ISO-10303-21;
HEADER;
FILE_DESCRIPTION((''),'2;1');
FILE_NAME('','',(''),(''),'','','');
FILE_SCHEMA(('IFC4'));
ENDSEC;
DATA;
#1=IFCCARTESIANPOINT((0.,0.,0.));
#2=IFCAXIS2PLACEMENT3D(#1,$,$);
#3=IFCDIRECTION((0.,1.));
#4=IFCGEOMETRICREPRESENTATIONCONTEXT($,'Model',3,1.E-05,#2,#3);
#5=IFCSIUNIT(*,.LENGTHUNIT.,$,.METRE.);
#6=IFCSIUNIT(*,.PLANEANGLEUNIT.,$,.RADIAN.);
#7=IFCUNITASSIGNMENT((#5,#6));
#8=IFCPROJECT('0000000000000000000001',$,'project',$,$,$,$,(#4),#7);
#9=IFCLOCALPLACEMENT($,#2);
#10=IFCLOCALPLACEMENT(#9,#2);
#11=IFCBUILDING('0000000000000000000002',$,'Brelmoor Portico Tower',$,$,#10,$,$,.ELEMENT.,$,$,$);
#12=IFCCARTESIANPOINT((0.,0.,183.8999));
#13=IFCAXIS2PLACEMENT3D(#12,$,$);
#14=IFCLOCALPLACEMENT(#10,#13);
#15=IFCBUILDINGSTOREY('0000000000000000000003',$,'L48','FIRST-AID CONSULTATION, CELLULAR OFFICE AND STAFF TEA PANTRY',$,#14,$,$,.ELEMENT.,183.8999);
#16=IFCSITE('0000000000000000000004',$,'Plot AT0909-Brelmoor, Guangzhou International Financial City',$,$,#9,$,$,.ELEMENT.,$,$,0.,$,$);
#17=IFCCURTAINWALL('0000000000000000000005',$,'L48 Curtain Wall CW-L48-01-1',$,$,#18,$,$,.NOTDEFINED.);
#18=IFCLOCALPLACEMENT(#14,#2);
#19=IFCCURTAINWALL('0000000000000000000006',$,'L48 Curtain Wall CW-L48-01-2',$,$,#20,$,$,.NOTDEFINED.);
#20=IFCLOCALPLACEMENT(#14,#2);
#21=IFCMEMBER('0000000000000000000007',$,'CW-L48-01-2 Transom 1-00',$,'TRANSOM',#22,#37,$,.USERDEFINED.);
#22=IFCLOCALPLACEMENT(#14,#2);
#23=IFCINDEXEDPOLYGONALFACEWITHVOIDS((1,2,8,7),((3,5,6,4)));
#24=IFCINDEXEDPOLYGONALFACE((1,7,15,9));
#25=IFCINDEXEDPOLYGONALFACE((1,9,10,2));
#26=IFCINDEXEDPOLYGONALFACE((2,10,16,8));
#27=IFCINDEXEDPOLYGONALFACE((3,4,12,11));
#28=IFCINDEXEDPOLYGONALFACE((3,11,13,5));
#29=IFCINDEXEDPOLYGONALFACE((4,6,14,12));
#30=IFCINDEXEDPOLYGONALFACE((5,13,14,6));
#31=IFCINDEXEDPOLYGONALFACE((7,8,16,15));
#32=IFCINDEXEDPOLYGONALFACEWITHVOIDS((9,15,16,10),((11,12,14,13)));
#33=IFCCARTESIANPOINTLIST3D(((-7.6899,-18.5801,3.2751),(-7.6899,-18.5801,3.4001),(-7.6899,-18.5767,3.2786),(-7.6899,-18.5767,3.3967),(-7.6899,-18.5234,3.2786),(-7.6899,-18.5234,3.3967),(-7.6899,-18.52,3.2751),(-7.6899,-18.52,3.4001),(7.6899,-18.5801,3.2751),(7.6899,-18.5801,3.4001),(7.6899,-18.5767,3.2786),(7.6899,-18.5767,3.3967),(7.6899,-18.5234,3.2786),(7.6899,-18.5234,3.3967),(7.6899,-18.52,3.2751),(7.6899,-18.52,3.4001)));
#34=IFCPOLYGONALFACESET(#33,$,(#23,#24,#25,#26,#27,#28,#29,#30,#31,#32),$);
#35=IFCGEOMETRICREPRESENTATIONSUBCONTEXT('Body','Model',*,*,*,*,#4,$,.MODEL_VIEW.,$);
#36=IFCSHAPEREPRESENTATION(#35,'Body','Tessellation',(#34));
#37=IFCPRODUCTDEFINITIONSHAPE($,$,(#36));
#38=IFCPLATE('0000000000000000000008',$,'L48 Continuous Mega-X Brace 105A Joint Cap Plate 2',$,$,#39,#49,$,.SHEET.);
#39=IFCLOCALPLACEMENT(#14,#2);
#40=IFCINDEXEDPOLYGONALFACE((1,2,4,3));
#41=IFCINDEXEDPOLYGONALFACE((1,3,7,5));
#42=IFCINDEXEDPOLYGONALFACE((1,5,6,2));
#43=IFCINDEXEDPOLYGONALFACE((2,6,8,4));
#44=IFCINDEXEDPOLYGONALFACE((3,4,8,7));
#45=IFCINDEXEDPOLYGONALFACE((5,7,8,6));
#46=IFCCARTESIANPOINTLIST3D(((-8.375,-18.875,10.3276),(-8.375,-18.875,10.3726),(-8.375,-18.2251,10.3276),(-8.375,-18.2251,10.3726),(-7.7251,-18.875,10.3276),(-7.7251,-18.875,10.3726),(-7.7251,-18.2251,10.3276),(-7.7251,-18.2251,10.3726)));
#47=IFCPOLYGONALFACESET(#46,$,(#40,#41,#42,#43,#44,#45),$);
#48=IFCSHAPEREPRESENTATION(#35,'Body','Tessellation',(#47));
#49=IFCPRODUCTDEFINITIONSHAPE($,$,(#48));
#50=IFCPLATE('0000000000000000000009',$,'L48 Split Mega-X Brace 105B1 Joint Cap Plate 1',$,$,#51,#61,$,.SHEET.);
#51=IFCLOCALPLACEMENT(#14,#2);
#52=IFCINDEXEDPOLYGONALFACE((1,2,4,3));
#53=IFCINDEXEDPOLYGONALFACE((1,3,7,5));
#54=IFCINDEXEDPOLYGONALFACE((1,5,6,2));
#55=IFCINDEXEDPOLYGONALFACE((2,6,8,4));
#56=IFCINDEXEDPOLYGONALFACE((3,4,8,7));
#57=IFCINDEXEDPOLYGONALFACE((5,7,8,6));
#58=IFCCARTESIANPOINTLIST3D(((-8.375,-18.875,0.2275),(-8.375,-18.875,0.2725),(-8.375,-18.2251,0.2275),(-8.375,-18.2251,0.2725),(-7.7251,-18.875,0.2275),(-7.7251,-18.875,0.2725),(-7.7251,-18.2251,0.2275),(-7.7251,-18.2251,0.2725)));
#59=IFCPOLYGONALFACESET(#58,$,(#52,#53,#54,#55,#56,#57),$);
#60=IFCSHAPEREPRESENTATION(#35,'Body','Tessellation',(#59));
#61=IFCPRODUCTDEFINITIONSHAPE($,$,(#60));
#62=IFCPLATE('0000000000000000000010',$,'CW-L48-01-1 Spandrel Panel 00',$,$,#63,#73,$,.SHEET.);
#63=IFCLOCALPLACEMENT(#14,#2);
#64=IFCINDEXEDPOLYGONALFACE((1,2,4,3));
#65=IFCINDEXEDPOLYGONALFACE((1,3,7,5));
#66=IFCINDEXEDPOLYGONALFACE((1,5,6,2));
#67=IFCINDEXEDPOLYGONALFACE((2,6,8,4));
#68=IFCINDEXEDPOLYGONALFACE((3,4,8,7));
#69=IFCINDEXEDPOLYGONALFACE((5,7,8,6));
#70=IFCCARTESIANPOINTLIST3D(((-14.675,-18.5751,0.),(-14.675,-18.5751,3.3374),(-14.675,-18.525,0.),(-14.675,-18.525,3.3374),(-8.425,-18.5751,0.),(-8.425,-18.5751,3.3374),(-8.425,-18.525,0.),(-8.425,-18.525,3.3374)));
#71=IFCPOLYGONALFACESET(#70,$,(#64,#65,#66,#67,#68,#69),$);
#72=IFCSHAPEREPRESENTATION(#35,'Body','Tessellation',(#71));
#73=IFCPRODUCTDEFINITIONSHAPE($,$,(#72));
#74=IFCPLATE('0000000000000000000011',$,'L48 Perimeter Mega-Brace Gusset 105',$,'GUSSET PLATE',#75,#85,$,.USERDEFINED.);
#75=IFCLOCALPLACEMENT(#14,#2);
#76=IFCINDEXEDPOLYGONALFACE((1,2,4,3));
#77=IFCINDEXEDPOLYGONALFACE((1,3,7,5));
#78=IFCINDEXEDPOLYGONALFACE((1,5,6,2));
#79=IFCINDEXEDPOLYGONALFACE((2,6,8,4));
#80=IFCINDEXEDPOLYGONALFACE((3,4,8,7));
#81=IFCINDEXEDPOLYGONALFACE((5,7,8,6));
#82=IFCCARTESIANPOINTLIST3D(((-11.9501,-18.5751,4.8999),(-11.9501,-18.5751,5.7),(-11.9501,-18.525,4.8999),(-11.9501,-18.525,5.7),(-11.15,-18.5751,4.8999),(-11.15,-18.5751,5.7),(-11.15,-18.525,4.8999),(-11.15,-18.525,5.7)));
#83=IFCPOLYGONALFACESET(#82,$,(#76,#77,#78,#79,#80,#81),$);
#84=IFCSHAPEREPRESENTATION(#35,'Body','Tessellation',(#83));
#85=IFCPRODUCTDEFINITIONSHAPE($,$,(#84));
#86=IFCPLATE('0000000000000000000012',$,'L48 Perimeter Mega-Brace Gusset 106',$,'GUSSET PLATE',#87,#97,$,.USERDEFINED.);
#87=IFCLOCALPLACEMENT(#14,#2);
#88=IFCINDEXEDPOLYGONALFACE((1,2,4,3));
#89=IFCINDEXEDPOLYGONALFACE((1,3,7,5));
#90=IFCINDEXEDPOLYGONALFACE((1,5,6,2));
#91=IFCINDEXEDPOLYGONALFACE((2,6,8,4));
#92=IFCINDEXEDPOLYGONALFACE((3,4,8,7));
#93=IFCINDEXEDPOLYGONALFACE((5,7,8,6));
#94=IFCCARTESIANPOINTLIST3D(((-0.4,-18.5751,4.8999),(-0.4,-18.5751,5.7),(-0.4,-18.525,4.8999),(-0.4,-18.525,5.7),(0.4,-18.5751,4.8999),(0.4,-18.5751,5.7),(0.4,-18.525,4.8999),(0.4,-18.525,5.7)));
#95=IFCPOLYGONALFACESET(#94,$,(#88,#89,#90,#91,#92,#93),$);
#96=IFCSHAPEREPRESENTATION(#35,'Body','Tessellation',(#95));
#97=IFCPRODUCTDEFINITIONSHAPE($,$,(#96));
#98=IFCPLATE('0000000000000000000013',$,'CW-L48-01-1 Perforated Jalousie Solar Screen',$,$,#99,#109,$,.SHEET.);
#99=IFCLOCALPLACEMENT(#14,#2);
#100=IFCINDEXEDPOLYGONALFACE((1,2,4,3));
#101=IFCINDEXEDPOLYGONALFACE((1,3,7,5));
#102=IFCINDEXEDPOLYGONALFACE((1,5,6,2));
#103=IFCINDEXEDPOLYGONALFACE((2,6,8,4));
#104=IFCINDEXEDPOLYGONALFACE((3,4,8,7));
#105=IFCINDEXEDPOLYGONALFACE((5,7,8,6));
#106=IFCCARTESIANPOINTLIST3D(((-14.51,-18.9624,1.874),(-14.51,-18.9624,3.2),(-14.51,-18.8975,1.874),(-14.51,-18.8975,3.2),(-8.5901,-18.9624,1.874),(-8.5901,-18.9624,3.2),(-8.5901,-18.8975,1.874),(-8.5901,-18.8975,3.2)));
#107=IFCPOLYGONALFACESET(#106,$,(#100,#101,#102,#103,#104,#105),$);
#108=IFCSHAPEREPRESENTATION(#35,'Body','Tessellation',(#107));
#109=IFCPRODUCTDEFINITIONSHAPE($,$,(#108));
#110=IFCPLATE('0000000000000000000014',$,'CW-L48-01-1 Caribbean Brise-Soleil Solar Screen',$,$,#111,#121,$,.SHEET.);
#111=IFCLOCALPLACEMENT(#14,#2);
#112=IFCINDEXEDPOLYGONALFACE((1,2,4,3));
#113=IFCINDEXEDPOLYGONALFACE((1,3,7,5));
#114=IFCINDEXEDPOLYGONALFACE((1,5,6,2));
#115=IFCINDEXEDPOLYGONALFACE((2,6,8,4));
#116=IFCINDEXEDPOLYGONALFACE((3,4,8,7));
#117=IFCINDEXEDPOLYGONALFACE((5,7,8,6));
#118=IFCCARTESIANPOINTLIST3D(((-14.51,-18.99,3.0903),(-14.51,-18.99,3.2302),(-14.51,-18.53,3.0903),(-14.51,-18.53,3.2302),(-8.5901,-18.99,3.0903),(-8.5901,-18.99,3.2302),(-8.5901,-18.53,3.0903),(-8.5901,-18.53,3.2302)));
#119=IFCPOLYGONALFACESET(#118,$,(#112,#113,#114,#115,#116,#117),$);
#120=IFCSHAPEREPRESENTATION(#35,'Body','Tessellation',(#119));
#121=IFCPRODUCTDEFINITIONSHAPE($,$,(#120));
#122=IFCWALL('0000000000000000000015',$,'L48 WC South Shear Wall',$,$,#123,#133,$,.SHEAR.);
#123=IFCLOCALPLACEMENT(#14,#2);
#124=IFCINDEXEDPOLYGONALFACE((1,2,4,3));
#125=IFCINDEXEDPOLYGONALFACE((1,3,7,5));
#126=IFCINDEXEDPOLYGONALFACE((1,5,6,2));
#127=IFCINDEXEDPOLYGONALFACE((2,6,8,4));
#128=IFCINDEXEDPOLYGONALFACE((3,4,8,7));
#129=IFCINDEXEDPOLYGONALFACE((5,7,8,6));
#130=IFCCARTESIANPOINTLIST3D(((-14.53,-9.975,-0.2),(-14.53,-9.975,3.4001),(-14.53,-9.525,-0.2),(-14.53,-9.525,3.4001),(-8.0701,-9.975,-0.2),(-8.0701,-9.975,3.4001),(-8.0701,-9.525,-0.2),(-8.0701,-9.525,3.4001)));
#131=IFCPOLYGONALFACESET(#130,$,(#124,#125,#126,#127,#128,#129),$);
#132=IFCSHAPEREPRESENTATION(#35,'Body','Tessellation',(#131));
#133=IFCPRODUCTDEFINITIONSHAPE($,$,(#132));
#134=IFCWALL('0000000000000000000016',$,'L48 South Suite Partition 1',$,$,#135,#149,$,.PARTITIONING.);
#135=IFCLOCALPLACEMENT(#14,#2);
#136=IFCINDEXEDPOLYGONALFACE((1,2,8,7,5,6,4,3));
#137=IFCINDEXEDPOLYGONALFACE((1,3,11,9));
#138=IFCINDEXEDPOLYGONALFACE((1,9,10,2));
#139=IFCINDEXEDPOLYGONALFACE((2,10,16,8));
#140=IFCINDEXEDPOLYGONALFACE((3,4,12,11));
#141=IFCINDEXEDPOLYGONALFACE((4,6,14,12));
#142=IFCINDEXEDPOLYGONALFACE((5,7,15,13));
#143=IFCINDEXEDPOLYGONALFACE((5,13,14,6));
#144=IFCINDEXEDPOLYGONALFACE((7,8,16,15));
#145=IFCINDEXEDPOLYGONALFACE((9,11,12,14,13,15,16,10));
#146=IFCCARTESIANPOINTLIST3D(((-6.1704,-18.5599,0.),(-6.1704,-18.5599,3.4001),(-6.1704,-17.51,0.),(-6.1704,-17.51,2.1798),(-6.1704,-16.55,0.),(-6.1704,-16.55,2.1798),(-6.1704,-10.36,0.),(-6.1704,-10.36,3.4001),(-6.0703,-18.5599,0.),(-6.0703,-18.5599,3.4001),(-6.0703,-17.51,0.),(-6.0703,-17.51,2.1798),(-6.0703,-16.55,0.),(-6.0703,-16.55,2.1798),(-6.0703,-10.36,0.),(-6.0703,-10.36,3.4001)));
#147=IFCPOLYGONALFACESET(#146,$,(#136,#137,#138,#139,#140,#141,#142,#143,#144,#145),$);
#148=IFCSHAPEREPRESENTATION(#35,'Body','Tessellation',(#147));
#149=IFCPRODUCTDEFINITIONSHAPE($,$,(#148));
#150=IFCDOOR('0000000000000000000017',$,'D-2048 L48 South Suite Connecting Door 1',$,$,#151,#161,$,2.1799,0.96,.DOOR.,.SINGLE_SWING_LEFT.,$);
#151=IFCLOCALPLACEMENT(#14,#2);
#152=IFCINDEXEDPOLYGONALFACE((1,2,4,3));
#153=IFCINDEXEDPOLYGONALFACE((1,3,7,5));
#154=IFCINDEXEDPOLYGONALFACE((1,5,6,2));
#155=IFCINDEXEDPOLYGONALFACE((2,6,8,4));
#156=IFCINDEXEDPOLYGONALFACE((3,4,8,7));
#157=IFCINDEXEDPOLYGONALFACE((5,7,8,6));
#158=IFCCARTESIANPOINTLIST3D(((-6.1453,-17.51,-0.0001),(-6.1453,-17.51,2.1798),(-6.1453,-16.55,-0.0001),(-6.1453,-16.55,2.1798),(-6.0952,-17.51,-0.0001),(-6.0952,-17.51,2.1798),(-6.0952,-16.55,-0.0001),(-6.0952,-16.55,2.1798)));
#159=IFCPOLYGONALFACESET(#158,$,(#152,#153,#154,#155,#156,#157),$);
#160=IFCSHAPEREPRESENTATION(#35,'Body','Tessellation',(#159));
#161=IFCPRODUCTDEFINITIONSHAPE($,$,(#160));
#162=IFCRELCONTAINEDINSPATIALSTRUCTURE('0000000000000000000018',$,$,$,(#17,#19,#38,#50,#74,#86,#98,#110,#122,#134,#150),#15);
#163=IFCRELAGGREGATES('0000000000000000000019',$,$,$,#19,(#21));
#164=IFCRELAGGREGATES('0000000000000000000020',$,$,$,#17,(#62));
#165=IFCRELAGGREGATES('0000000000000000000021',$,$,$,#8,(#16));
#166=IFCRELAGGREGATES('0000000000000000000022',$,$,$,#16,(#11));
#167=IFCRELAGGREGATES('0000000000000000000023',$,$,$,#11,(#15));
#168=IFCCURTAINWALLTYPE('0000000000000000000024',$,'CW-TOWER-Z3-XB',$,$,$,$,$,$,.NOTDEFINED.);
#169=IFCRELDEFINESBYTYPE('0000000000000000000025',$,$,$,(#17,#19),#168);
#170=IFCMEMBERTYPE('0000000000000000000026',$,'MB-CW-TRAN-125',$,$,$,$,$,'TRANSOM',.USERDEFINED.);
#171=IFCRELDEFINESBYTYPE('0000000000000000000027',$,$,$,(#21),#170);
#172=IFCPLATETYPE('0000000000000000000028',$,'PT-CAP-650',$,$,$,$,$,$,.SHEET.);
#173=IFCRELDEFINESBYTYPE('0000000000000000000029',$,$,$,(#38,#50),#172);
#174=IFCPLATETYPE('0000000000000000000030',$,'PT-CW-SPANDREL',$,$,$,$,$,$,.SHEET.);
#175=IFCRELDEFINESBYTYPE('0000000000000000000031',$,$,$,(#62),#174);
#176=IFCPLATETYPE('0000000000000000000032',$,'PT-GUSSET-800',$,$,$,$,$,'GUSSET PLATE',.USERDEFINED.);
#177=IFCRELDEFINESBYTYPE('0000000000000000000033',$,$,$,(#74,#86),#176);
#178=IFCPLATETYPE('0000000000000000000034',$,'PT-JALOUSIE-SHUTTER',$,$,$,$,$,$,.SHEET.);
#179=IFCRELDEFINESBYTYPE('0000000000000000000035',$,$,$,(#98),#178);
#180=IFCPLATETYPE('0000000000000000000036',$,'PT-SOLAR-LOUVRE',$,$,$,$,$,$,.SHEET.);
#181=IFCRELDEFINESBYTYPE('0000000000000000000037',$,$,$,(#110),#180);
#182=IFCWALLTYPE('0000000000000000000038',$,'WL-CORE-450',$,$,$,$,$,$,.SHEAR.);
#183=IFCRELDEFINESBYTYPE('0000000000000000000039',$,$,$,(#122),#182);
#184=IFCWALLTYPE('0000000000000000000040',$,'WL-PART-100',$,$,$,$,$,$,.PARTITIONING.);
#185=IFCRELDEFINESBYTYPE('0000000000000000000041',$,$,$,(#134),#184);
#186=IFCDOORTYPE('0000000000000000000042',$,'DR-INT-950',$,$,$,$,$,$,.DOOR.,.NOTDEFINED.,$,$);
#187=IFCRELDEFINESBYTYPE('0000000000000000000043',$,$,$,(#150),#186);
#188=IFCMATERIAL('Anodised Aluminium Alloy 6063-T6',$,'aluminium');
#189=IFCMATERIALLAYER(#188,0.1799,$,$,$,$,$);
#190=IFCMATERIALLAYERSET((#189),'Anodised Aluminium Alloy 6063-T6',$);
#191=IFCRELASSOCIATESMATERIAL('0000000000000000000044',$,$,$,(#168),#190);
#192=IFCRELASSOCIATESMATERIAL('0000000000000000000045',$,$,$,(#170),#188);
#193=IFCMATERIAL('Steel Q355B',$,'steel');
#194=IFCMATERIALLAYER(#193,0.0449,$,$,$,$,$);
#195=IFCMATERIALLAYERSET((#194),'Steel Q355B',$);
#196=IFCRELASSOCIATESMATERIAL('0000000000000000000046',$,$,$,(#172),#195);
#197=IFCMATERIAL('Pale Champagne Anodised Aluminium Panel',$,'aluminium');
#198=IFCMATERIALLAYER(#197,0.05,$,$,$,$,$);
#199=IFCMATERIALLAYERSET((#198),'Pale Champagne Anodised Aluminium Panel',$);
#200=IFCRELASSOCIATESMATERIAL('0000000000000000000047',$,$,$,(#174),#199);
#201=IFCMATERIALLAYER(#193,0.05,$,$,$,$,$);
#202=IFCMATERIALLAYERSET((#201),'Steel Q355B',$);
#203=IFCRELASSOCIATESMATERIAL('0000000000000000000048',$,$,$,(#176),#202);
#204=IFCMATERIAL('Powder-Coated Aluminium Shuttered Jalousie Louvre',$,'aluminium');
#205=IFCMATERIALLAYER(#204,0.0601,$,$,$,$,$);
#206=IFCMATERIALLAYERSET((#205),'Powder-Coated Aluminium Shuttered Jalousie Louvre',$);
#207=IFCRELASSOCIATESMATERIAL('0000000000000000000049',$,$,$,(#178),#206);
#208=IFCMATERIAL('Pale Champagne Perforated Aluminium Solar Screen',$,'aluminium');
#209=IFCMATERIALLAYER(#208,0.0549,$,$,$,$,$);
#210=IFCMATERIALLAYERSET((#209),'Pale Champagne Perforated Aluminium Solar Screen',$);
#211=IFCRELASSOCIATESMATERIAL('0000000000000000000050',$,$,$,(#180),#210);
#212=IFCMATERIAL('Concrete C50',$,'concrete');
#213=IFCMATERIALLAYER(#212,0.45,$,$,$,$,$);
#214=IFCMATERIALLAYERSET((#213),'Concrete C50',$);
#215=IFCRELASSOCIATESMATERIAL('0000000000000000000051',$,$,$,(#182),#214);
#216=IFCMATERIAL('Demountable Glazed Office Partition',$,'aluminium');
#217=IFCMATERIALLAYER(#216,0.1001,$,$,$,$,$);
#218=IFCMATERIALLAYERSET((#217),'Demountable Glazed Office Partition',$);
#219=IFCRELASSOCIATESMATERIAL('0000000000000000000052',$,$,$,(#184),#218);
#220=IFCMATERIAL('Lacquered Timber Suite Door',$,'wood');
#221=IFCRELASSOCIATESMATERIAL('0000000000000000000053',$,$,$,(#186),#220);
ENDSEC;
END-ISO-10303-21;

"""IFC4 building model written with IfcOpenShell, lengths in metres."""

from ifc_helpers import new_model, si_unit, direction, frame, frame_2d, origin, origin_2d, place, context, subcontext, project, spatial, rectangle, hollow_rectangle, extrude, material, layer, layer_set, material_profile, profile_set, type_object, element, fill, aggregate, save


model = new_model("IFC4")

# Units and contexts
model_context = context("Model", 3, precision=1e-05, world=origin(), true_north=direction((0.0, 1.0)))
body_context = subcontext(model_context, "Body", "Model", "MODEL_VIEW")
ifc_project = project(units=[si_unit("LENGTHUNIT", "METRE"), si_unit("PLANEANGLEUNIT", "RADIAN")], contexts=[model_context])

# Site, building, storey
site_placement = place(None, origin())
site = spatial("IfcSite", under=ifc_project, at=site_placement, Name="Plot AT0909-Brelmoor, Guangzhou International Financial City", CompositionType="ELEMENT", RefElevation=0.0)
building_placement = place(site_placement, origin())
building = spatial("IfcBuilding", under=site, at=building_placement, Name="Brelmoor Portico Tower", CompositionType="ELEMENT")
storey_placement = place(building_placement, frame((0.0, 0.0, 183.8999)))
storey = spatial("IfcBuildingStorey", under=building, at=storey_placement, Name="L48", Description="FIRST-AID CONSULTATION, CELLULAR OFFICE AND STAFF TEA PANTRY", CompositionType="ELEMENT", Elevation=183.8999)

# Shared definitions
ifc_material_1 = material(Name="Steel Q355B", Category="steel")

# Curtain wall
ifc_material_2 = material(Name="Anodised Aluminium Alloy 6063-T6", Category="aluminium")
ifc_layer_1 = layer(ifc_material_2, 0.1799)
ifc_layer_set_1 = layer_set([ifc_layer_1], Name="Anodised Aluminium Alloy 6063-T6")
curtain_wall_type = type_object("IfcCurtainWallType", Name="CW-TOWER-Z3-XB", PredefinedType="NOTDEFINED", material=ifc_layer_set_1)
curtain_wall_1_placement = place(storey_placement, origin())
curtain_wall_1 = element("IfcCurtainWall", 1, at=curtain_wall_1_placement, inside=storey, type_object=curtain_wall_type, Name="L48 Curtain Wall CW-L48-01-1", PredefinedType="NOTDEFINED")

# Curtain wall, member
curtain_wall_2_placement = place(storey_placement, origin())
curtain_wall_2 = element("IfcCurtainWall", 2, at=curtain_wall_2_placement, inside=storey, type_object=curtain_wall_type, Name="L48 Curtain Wall CW-L48-01-2", PredefinedType="NOTDEFINED")
ifc_material_profile_1 = material_profile(ifc_material_2, hollow_rectangle(XDim=0.0601, YDim=0.125, WallThickness=0.0034, at=origin_2d()), Name="ALU TRANSOM 60x125")
ifc_profile_set_1 = profile_set([ifc_material_profile_1], Name="Anodised Aluminium Alloy 6063-T6")
member_type_1 = type_object("IfcMemberType", Name="MB-CW-TRAN-125", ElementType="TRANSOM", PredefinedType="USERDEFINED", material=ifc_profile_set_1)
member_1_placement = place(storey_placement, frame((-7.6899, -18.55, 3.3376), z_axis=(1.0, 0.0, 0.0), x_axis=(0.0, 1.0, 0.0)))
member_1 = element("IfcMember", 3, at=member_1_placement, type_object=member_type_1, Name="CW-L48-01-2 Transom 1-00", ObjectType="TRANSOM", PredefinedType="USERDEFINED", context=body_context, shape_type="SweptSolid", body=[
    extrude(hollow_rectangle(XDim=0.0601, YDim=0.125, WallThickness=0.0034, at=origin_2d()), origin(), (0.0, 0.0, 1.0), 15.3799),
])
aggregate(curtain_wall_2, [member_1])

# Plates
ifc_layer_2 = layer(ifc_material_1, 0.0449)
ifc_layer_set_2 = layer_set([ifc_layer_2], Name="Steel Q355B")
plate_type_1 = type_object("IfcPlateType", Name="PT-CAP-650", PredefinedType="SHEET", material=ifc_layer_set_2)
for number, where, z_axis, x_axis, name in (
    (4, (-8.05, -18.55, 10.3276), (0.0, 0.0, 1.0), (1.0, 0.0, 0.0), "L48 Continuous Mega-X Brace 105A Joint Cap Plate 2"),
    (5, (-8.05, -18.55, 0.2275), (0.0, 0.0, 1.0), (1.0, 0.0, 0.0), "L48 Split Mega-X Brace 105B1 Joint Cap Plate 1"),
):
    element("IfcPlate", number, at=place(storey_placement, frame(where, z_axis=z_axis, x_axis=x_axis)), inside=storey, type_object=plate_type_1, Name=name, PredefinedType="SHEET", context=body_context, shape_type="SweptSolid", body=[
        extrude(rectangle(XDim=0.6499, YDim=0.6499, at=origin_2d()), origin(), (0.0, 0.0, 1.0), 0.0449),
    ])

# Plate
ifc_material_3 = material(Name="Pale Champagne Anodised Aluminium Panel", Category="aluminium")
ifc_layer_3 = layer(ifc_material_3, 0.05)
ifc_layer_set_3 = layer_set([ifc_layer_3], Name="Pale Champagne Anodised Aluminium Panel")
plate_type_2 = type_object("IfcPlateType", Name="PT-CW-SPANDREL", PredefinedType="SHEET", material=ifc_layer_set_3)
plate_1_placement = place(storey_placement, frame((-11.55, -18.55, 0.0), z_axis=(0.0, 0.0, 1.0), x_axis=(1.0, 0.0, 0.0)))
plate_1 = element("IfcPlate", 6, at=plate_1_placement, type_object=plate_type_2, Name="CW-L48-01-1 Spandrel Panel 00", PredefinedType="SHEET", context=body_context, shape_type="SweptSolid", body=[
    extrude(rectangle(XDim=6.25, YDim=0.05, at=origin_2d()), origin(), (0.0, 0.0, 1.0), 3.3374),
])
aggregate(curtain_wall_1, [plate_1])

# Plates
ifc_layer_4 = layer(ifc_material_1, 0.05)
ifc_layer_set_4 = layer_set([ifc_layer_4], Name="Steel Q355B")
plate_type_3 = type_object("IfcPlateType", Name="PT-GUSSET-800", ElementType="GUSSET PLATE", PredefinedType="USERDEFINED", material=ifc_layer_set_4)
for number, where, z_axis, x_axis, name in (
    (7, (-11.55, -18.55, 4.8999), (0.0, 0.0, 1.0), (1.0, 0.0, 0.0), "L48 Perimeter Mega-Brace Gusset 105"),
    (8, (0.0, -18.55, 4.8999), (0.0, 0.0, 1.0), (1.0, 0.0, 0.0), "L48 Perimeter Mega-Brace Gusset 106"),
):
    element("IfcPlate", number, at=place(storey_placement, frame(where, z_axis=z_axis, x_axis=x_axis)), inside=storey, type_object=plate_type_3, Name=name, ObjectType="GUSSET PLATE", PredefinedType="USERDEFINED", context=body_context, shape_type="SweptSolid", body=[
        extrude(rectangle(XDim=0.8, YDim=0.05, at=origin_2d()), origin(), (0.0, 0.0, 1.0), 0.8),
    ])
ifc_material_4 = material(Name="Powder-Coated Aluminium Shuttered Jalousie Louvre", Category="aluminium")
ifc_layer_5 = layer(ifc_material_4, 0.0601)
ifc_layer_set_5 = layer_set([ifc_layer_5], Name="Powder-Coated Aluminium Shuttered Jalousie Louvre")
plate_type_4 = type_object("IfcPlateType", Name="PT-JALOUSIE-SHUTTER", PredefinedType="SHEET", material=ifc_layer_set_5)
plate_2_placement = place(storey_placement, frame((-11.55, -18.9299, 1.874), z_axis=(0.0, 0.0, 1.0), x_axis=(1.0, 0.0, 0.0)))
element("IfcPlate", 9, at=plate_2_placement, inside=storey, type_object=plate_type_4, Name="CW-L48-01-1 Perforated Jalousie Solar Screen", PredefinedType="SHEET", context=body_context, shape_type="SweptSolid", body=[
    extrude(rectangle(XDim=5.9199, YDim=0.0649, at=origin_2d()), origin(), (0.0, 0.0, 1.0), 1.3259),
])
ifc_material_5 = material(Name="Pale Champagne Perforated Aluminium Solar Screen", Category="aluminium")
ifc_layer_6 = layer(ifc_material_5, 0.0549)
ifc_layer_set_6 = layer_set([ifc_layer_6], Name="Pale Champagne Perforated Aluminium Solar Screen")
plate_type_5 = type_object("IfcPlateType", Name="PT-SOLAR-LOUVRE", PredefinedType="SHEET", material=ifc_layer_set_6)
plate_3_placement = place(storey_placement, frame((-11.55, -18.76, 3.0903), z_axis=(0.0, 0.0, 1.0), x_axis=(1.0, 0.0, 0.0)))
element("IfcPlate", 10, at=plate_3_placement, inside=storey, type_object=plate_type_5, Name="CW-L48-01-1 Caribbean Brise-Soleil Solar Screen", PredefinedType="SHEET", context=body_context, shape_type="SweptSolid", body=[
    extrude(rectangle(XDim=5.9199, YDim=0.46, at=origin_2d()), origin(), (0.0, 0.0, 1.0), 0.1399),
])

# Wall
ifc_material_6 = material(Name="Concrete C50", Category="concrete")
ifc_layer_7 = layer(ifc_material_6, 0.45)
ifc_layer_set_7 = layer_set([ifc_layer_7], Name="Concrete C50")
wall_type_1 = type_object("IfcWallType", Name="WL-CORE-450", PredefinedType="SHEAR", material=ifc_layer_set_7)
wall_1_placement = place(storey_placement, frame((-14.53, -9.75, -0.2), z_axis=(0.0, 0.0, 1.0), x_axis=(1.0, 0.0, 0.0)))
element("IfcWall", 11, at=wall_1_placement, inside=storey, type_object=wall_type_1, Name="L48 WC South Shear Wall", PredefinedType="SHEAR", context=body_context, shape_type="SweptSolid", body=[
    extrude(rectangle(XDim=6.46, YDim=0.45, at=frame_2d((3.23, 0.0))), origin(), (0.0, 0.0, 1.0), 3.6001),
])

# Wall, opening, door
ifc_material_7 = material(Name="Demountable Glazed Office Partition", Category="aluminium")
ifc_layer_8 = layer(ifc_material_7, 0.1001)
ifc_layer_set_8 = layer_set([ifc_layer_8], Name="Demountable Glazed Office Partition")
wall_type_2 = type_object("IfcWallType", Name="WL-PART-100", PredefinedType="PARTITIONING", material=ifc_layer_set_8)
wall_2_placement = place(storey_placement, frame((-6.1204, -18.5601, 0.0), z_axis=(0.0, 0.0, 1.0), x_axis=(0.0, 1.0, 0.0)))
wall_2 = element("IfcWall", 12, at=wall_2_placement, inside=storey, type_object=wall_type_2, Name="L48 South Suite Partition 1", PredefinedType="PARTITIONING", context=body_context, shape_type="SweptSolid", body=[
    extrude(rectangle(XDim=8.2, YDim=0.1001, at=frame_2d((4.1001, 0.0))), origin(), (0.0, 0.0, 1.0), 3.4001),
])
opening_1_placement = place(wall_2_placement, frame((1.05, 0.0, 0.0)))
opening_1 = element("IfcOpeningElement", 13, at=opening_1_placement, cuts=wall_2, PredefinedType="OPENING", context=body_context, shape_type="SweptSolid", body=[
    extrude(rectangle(XDim=0.96, YDim=2.1799, at=frame_2d((0.48, 1.0898))), frame((0.0, 0.0601, 0.0), z_axis=(0.0, -1.0, 0.0), x_axis=(1.0, 0.0, 0.0)), (0.0, 0.0, 1.0), 0.1201),
])
ifc_material_8 = material(Name="Lacquered Timber Suite Door", Category="wood")
door_type_1 = type_object("IfcDoorType", Name="DR-INT-950", OperationType="NOTDEFINED", PredefinedType="DOOR", material=ifc_material_8)
door_1_placement = place(opening_1_placement, origin())
door_1 = element("IfcDoor", 14, at=door_1_placement, inside=storey, type_object=door_type_1, Name="D-2048 L48 South Suite Connecting Door 1", OperationType="SINGLE_SWING_LEFT", OverallHeight=2.1799, OverallWidth=0.96, PredefinedType="DOOR", context=body_context, shape_type="SweptSolid", body=[
    extrude(rectangle(XDim=0.96, YDim=2.1799, at=frame_2d((0.48, 1.0898))), frame((0.0, 0.0249, 0.0), z_axis=(0.0, -1.0, 0.0), x_axis=(1.0, 0.0, 0.0)), (0.0, 0.0, 1.0), 0.05),
])
fill(opening_1, door_1)

save(model, "model.ifc")
